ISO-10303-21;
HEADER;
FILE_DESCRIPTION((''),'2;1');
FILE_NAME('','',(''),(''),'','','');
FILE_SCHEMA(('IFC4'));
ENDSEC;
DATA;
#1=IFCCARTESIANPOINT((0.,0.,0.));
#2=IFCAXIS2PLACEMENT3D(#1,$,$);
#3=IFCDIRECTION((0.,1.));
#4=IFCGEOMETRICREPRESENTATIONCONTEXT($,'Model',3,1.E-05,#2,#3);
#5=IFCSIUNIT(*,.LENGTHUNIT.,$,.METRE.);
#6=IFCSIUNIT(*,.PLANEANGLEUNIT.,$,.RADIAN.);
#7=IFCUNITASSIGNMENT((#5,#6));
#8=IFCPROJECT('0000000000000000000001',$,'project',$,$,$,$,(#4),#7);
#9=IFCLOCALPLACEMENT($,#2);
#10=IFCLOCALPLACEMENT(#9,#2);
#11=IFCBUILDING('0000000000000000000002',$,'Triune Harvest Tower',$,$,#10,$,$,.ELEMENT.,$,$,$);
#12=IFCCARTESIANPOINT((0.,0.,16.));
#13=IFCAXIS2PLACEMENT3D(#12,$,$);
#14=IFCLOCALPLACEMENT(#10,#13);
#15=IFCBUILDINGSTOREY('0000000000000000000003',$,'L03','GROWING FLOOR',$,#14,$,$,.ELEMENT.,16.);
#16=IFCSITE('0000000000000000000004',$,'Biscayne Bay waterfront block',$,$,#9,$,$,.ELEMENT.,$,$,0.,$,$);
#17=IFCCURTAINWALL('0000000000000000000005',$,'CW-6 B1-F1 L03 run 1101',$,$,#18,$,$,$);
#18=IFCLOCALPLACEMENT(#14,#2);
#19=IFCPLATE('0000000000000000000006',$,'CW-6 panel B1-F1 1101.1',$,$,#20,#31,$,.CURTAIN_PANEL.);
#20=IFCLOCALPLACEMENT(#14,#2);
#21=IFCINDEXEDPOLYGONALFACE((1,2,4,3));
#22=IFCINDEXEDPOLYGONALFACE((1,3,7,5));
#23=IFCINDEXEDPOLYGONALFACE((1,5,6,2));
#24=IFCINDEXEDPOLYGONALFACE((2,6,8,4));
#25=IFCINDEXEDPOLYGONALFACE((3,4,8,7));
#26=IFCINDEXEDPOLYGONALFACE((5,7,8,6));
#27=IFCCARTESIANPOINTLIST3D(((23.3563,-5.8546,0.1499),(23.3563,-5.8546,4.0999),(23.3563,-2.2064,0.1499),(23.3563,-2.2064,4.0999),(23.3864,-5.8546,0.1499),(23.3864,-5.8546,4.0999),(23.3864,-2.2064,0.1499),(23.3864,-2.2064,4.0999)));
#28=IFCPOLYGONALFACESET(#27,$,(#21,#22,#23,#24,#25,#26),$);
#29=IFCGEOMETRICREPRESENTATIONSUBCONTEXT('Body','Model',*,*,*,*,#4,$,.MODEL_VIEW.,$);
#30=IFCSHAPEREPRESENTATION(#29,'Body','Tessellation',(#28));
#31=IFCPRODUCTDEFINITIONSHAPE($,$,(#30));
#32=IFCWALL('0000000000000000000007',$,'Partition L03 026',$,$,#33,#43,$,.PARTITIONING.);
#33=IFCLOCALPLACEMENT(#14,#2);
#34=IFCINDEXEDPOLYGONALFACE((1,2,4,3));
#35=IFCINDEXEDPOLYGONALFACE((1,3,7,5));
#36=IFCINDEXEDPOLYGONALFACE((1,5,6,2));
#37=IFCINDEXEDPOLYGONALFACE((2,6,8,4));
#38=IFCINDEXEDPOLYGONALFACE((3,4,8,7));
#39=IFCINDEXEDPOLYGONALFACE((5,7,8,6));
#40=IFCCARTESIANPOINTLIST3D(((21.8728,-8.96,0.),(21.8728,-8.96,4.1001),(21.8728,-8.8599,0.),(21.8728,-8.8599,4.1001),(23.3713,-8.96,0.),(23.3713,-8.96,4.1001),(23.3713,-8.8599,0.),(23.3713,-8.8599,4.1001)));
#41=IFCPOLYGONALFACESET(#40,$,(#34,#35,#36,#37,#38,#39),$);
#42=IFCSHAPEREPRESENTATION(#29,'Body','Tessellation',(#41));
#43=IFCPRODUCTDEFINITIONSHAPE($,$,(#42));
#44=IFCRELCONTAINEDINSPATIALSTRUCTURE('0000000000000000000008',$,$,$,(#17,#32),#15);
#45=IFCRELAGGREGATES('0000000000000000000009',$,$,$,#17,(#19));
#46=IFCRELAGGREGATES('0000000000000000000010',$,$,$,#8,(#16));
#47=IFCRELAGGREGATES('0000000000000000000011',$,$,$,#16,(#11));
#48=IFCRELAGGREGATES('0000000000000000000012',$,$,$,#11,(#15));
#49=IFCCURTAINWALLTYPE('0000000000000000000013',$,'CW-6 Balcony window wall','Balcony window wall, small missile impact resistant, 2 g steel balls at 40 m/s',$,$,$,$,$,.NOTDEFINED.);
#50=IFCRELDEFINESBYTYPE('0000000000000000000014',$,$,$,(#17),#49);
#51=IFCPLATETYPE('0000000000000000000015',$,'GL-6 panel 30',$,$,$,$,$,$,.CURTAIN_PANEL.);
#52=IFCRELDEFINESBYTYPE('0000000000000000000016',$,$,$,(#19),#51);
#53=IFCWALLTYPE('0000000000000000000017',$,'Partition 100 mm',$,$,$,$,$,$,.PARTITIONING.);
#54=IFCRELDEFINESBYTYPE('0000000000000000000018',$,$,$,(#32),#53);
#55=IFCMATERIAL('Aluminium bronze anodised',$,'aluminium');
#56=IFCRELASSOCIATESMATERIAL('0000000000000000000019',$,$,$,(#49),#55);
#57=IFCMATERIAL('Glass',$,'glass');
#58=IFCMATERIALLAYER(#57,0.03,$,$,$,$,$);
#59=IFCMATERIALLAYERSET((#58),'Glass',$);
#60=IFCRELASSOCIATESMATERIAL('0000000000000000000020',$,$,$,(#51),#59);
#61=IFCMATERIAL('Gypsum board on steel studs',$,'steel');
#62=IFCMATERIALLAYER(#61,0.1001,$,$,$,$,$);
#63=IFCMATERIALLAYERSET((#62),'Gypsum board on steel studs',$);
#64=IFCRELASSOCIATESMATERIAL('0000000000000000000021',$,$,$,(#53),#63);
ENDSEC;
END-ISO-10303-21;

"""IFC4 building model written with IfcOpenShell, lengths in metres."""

from ifc_helpers import new_model, si_unit, direction, frame, frame_2d, origin, origin_2d, place, context, subcontext, project, spatial, rectangle, extrude, source, transform, mapped, material, layer, layer_set, type_object, element, aggregate, save


model = new_model("IFC4")

# Units and contexts
model_context = context("Model", 3, precision=1e-05, world=origin(), true_north=direction((0.0, 1.0)))
body_context = subcontext(model_context, "Body", "Model", "MODEL_VIEW")
ifc_project = project(units=[si_unit("LENGTHUNIT", "METRE"), si_unit("PLANEANGLEUNIT", "RADIAN")], contexts=[model_context])

# Site, building, storey
site_placement = place(None, origin())
site = spatial("IfcSite", under=ifc_project, at=site_placement, Name="Biscayne Bay waterfront block", CompositionType="ELEMENT", RefElevation=0.0)
building_placement = place(site_placement, origin())
building = spatial("IfcBuilding", under=site, at=building_placement, Name="Triune Harvest Tower", CompositionType="ELEMENT")
storey_placement = place(building_placement, frame((0.0, 0.0, 16.0)))
storey = spatial("IfcBuildingStorey", under=building, at=storey_placement, Name="L03", Description="GROWING FLOOR", CompositionType="ELEMENT", Elevation=16.0)

# Curtain wall
ifc_material_1 = material(Name="Aluminium bronze anodised", Category="aluminium")
curtain_wall_type_1 = type_object("IfcCurtainWallType", Name="CW-6 Balcony window wall", Description="Balcony window wall, small missile impact resistant, 2 g steel balls at 40 m/s", PredefinedType="NOTDEFINED", material=ifc_material_1)
curtain_wall_1_placement = place(storey_placement, origin())
curtain_wall_1 = element("IfcCurtainWall", 1, at=curtain_wall_1_placement, inside=storey, type_object=curtain_wall_type_1, Name="CW-6 B1-F1 L03 run 1101")

# Plate
ifc_material_2 = material(Name="Glass", Category="glass")
ifc_layer_1 = layer(ifc_material_2, 0.03)
ifc_layer_set_1 = layer_set([ifc_layer_1], Name="Glass")
plate_type_1 = type_object("IfcPlateType", Name="GL-6 panel 30", PredefinedType="CURTAIN_PANEL", material=ifc_layer_set_1)
shared_shape_1 = source(origin(), body_context, "Body", "SweptSolid", [
    extrude(rectangle(XDim=3.6482, YDim=0.03, at=origin_2d()), origin(), (0.0, 0.0, 1.0), 3.95),
])
plate_1_placement = place(storey_placement, frame((23.3713, -4.0305, 0.1499), z_axis=(0.0, 0.0, 1.0), x_axis=(0.0, 1.0, 0.0)))
plate_1 = element("IfcPlate", 2, at=plate_1_placement, type_object=plate_type_1, Name="CW-6 panel B1-F1 1101.1", PredefinedType="CURTAIN_PANEL", context=body_context, shape_type="MappedRepresentation", body=[
    mapped(shared_shape_1, transform((0.0, 0.0, 0.0), scale=1.0)),
])
aggregate(curtain_wall_1, [plate_1])

# Wall
ifc_material_3 = material(Name="Gypsum board on steel studs", Category="steel")
ifc_layer_2 = layer(ifc_material_3, 0.1001)
ifc_layer_set_2 = layer_set([ifc_layer_2], Name="Gypsum board on steel studs")
wall_type = type_object("IfcWallType", Name="Partition 100 mm", PredefinedType="PARTITIONING", material=ifc_layer_set_2)
shared_shape_2 = source(origin(), body_context, "Body", "SweptSolid", [
    extrude(rectangle(XDim=1.4985, YDim=0.1001, at=frame_2d((0.7493, 0.0))), origin(), (0.0, 0.0, 1.0), 4.1001),
])
wall_placement = place(storey_placement, frame((21.8728, -8.9099, 0.0), z_axis=(0.0, 0.0, 1.0), x_axis=(1.0, 0.0, 0.0)))
element("IfcWall", 3, at=wall_placement, inside=storey, type_object=wall_type, Name="Partition L03 026", PredefinedType="PARTITIONING", context=body_context, shape_type="MappedRepresentation", body=[
    mapped(shared_shape_2, transform((0.0, 0.0, 0.0), scale=1.0)),
])

save(model, "model.ifc")
